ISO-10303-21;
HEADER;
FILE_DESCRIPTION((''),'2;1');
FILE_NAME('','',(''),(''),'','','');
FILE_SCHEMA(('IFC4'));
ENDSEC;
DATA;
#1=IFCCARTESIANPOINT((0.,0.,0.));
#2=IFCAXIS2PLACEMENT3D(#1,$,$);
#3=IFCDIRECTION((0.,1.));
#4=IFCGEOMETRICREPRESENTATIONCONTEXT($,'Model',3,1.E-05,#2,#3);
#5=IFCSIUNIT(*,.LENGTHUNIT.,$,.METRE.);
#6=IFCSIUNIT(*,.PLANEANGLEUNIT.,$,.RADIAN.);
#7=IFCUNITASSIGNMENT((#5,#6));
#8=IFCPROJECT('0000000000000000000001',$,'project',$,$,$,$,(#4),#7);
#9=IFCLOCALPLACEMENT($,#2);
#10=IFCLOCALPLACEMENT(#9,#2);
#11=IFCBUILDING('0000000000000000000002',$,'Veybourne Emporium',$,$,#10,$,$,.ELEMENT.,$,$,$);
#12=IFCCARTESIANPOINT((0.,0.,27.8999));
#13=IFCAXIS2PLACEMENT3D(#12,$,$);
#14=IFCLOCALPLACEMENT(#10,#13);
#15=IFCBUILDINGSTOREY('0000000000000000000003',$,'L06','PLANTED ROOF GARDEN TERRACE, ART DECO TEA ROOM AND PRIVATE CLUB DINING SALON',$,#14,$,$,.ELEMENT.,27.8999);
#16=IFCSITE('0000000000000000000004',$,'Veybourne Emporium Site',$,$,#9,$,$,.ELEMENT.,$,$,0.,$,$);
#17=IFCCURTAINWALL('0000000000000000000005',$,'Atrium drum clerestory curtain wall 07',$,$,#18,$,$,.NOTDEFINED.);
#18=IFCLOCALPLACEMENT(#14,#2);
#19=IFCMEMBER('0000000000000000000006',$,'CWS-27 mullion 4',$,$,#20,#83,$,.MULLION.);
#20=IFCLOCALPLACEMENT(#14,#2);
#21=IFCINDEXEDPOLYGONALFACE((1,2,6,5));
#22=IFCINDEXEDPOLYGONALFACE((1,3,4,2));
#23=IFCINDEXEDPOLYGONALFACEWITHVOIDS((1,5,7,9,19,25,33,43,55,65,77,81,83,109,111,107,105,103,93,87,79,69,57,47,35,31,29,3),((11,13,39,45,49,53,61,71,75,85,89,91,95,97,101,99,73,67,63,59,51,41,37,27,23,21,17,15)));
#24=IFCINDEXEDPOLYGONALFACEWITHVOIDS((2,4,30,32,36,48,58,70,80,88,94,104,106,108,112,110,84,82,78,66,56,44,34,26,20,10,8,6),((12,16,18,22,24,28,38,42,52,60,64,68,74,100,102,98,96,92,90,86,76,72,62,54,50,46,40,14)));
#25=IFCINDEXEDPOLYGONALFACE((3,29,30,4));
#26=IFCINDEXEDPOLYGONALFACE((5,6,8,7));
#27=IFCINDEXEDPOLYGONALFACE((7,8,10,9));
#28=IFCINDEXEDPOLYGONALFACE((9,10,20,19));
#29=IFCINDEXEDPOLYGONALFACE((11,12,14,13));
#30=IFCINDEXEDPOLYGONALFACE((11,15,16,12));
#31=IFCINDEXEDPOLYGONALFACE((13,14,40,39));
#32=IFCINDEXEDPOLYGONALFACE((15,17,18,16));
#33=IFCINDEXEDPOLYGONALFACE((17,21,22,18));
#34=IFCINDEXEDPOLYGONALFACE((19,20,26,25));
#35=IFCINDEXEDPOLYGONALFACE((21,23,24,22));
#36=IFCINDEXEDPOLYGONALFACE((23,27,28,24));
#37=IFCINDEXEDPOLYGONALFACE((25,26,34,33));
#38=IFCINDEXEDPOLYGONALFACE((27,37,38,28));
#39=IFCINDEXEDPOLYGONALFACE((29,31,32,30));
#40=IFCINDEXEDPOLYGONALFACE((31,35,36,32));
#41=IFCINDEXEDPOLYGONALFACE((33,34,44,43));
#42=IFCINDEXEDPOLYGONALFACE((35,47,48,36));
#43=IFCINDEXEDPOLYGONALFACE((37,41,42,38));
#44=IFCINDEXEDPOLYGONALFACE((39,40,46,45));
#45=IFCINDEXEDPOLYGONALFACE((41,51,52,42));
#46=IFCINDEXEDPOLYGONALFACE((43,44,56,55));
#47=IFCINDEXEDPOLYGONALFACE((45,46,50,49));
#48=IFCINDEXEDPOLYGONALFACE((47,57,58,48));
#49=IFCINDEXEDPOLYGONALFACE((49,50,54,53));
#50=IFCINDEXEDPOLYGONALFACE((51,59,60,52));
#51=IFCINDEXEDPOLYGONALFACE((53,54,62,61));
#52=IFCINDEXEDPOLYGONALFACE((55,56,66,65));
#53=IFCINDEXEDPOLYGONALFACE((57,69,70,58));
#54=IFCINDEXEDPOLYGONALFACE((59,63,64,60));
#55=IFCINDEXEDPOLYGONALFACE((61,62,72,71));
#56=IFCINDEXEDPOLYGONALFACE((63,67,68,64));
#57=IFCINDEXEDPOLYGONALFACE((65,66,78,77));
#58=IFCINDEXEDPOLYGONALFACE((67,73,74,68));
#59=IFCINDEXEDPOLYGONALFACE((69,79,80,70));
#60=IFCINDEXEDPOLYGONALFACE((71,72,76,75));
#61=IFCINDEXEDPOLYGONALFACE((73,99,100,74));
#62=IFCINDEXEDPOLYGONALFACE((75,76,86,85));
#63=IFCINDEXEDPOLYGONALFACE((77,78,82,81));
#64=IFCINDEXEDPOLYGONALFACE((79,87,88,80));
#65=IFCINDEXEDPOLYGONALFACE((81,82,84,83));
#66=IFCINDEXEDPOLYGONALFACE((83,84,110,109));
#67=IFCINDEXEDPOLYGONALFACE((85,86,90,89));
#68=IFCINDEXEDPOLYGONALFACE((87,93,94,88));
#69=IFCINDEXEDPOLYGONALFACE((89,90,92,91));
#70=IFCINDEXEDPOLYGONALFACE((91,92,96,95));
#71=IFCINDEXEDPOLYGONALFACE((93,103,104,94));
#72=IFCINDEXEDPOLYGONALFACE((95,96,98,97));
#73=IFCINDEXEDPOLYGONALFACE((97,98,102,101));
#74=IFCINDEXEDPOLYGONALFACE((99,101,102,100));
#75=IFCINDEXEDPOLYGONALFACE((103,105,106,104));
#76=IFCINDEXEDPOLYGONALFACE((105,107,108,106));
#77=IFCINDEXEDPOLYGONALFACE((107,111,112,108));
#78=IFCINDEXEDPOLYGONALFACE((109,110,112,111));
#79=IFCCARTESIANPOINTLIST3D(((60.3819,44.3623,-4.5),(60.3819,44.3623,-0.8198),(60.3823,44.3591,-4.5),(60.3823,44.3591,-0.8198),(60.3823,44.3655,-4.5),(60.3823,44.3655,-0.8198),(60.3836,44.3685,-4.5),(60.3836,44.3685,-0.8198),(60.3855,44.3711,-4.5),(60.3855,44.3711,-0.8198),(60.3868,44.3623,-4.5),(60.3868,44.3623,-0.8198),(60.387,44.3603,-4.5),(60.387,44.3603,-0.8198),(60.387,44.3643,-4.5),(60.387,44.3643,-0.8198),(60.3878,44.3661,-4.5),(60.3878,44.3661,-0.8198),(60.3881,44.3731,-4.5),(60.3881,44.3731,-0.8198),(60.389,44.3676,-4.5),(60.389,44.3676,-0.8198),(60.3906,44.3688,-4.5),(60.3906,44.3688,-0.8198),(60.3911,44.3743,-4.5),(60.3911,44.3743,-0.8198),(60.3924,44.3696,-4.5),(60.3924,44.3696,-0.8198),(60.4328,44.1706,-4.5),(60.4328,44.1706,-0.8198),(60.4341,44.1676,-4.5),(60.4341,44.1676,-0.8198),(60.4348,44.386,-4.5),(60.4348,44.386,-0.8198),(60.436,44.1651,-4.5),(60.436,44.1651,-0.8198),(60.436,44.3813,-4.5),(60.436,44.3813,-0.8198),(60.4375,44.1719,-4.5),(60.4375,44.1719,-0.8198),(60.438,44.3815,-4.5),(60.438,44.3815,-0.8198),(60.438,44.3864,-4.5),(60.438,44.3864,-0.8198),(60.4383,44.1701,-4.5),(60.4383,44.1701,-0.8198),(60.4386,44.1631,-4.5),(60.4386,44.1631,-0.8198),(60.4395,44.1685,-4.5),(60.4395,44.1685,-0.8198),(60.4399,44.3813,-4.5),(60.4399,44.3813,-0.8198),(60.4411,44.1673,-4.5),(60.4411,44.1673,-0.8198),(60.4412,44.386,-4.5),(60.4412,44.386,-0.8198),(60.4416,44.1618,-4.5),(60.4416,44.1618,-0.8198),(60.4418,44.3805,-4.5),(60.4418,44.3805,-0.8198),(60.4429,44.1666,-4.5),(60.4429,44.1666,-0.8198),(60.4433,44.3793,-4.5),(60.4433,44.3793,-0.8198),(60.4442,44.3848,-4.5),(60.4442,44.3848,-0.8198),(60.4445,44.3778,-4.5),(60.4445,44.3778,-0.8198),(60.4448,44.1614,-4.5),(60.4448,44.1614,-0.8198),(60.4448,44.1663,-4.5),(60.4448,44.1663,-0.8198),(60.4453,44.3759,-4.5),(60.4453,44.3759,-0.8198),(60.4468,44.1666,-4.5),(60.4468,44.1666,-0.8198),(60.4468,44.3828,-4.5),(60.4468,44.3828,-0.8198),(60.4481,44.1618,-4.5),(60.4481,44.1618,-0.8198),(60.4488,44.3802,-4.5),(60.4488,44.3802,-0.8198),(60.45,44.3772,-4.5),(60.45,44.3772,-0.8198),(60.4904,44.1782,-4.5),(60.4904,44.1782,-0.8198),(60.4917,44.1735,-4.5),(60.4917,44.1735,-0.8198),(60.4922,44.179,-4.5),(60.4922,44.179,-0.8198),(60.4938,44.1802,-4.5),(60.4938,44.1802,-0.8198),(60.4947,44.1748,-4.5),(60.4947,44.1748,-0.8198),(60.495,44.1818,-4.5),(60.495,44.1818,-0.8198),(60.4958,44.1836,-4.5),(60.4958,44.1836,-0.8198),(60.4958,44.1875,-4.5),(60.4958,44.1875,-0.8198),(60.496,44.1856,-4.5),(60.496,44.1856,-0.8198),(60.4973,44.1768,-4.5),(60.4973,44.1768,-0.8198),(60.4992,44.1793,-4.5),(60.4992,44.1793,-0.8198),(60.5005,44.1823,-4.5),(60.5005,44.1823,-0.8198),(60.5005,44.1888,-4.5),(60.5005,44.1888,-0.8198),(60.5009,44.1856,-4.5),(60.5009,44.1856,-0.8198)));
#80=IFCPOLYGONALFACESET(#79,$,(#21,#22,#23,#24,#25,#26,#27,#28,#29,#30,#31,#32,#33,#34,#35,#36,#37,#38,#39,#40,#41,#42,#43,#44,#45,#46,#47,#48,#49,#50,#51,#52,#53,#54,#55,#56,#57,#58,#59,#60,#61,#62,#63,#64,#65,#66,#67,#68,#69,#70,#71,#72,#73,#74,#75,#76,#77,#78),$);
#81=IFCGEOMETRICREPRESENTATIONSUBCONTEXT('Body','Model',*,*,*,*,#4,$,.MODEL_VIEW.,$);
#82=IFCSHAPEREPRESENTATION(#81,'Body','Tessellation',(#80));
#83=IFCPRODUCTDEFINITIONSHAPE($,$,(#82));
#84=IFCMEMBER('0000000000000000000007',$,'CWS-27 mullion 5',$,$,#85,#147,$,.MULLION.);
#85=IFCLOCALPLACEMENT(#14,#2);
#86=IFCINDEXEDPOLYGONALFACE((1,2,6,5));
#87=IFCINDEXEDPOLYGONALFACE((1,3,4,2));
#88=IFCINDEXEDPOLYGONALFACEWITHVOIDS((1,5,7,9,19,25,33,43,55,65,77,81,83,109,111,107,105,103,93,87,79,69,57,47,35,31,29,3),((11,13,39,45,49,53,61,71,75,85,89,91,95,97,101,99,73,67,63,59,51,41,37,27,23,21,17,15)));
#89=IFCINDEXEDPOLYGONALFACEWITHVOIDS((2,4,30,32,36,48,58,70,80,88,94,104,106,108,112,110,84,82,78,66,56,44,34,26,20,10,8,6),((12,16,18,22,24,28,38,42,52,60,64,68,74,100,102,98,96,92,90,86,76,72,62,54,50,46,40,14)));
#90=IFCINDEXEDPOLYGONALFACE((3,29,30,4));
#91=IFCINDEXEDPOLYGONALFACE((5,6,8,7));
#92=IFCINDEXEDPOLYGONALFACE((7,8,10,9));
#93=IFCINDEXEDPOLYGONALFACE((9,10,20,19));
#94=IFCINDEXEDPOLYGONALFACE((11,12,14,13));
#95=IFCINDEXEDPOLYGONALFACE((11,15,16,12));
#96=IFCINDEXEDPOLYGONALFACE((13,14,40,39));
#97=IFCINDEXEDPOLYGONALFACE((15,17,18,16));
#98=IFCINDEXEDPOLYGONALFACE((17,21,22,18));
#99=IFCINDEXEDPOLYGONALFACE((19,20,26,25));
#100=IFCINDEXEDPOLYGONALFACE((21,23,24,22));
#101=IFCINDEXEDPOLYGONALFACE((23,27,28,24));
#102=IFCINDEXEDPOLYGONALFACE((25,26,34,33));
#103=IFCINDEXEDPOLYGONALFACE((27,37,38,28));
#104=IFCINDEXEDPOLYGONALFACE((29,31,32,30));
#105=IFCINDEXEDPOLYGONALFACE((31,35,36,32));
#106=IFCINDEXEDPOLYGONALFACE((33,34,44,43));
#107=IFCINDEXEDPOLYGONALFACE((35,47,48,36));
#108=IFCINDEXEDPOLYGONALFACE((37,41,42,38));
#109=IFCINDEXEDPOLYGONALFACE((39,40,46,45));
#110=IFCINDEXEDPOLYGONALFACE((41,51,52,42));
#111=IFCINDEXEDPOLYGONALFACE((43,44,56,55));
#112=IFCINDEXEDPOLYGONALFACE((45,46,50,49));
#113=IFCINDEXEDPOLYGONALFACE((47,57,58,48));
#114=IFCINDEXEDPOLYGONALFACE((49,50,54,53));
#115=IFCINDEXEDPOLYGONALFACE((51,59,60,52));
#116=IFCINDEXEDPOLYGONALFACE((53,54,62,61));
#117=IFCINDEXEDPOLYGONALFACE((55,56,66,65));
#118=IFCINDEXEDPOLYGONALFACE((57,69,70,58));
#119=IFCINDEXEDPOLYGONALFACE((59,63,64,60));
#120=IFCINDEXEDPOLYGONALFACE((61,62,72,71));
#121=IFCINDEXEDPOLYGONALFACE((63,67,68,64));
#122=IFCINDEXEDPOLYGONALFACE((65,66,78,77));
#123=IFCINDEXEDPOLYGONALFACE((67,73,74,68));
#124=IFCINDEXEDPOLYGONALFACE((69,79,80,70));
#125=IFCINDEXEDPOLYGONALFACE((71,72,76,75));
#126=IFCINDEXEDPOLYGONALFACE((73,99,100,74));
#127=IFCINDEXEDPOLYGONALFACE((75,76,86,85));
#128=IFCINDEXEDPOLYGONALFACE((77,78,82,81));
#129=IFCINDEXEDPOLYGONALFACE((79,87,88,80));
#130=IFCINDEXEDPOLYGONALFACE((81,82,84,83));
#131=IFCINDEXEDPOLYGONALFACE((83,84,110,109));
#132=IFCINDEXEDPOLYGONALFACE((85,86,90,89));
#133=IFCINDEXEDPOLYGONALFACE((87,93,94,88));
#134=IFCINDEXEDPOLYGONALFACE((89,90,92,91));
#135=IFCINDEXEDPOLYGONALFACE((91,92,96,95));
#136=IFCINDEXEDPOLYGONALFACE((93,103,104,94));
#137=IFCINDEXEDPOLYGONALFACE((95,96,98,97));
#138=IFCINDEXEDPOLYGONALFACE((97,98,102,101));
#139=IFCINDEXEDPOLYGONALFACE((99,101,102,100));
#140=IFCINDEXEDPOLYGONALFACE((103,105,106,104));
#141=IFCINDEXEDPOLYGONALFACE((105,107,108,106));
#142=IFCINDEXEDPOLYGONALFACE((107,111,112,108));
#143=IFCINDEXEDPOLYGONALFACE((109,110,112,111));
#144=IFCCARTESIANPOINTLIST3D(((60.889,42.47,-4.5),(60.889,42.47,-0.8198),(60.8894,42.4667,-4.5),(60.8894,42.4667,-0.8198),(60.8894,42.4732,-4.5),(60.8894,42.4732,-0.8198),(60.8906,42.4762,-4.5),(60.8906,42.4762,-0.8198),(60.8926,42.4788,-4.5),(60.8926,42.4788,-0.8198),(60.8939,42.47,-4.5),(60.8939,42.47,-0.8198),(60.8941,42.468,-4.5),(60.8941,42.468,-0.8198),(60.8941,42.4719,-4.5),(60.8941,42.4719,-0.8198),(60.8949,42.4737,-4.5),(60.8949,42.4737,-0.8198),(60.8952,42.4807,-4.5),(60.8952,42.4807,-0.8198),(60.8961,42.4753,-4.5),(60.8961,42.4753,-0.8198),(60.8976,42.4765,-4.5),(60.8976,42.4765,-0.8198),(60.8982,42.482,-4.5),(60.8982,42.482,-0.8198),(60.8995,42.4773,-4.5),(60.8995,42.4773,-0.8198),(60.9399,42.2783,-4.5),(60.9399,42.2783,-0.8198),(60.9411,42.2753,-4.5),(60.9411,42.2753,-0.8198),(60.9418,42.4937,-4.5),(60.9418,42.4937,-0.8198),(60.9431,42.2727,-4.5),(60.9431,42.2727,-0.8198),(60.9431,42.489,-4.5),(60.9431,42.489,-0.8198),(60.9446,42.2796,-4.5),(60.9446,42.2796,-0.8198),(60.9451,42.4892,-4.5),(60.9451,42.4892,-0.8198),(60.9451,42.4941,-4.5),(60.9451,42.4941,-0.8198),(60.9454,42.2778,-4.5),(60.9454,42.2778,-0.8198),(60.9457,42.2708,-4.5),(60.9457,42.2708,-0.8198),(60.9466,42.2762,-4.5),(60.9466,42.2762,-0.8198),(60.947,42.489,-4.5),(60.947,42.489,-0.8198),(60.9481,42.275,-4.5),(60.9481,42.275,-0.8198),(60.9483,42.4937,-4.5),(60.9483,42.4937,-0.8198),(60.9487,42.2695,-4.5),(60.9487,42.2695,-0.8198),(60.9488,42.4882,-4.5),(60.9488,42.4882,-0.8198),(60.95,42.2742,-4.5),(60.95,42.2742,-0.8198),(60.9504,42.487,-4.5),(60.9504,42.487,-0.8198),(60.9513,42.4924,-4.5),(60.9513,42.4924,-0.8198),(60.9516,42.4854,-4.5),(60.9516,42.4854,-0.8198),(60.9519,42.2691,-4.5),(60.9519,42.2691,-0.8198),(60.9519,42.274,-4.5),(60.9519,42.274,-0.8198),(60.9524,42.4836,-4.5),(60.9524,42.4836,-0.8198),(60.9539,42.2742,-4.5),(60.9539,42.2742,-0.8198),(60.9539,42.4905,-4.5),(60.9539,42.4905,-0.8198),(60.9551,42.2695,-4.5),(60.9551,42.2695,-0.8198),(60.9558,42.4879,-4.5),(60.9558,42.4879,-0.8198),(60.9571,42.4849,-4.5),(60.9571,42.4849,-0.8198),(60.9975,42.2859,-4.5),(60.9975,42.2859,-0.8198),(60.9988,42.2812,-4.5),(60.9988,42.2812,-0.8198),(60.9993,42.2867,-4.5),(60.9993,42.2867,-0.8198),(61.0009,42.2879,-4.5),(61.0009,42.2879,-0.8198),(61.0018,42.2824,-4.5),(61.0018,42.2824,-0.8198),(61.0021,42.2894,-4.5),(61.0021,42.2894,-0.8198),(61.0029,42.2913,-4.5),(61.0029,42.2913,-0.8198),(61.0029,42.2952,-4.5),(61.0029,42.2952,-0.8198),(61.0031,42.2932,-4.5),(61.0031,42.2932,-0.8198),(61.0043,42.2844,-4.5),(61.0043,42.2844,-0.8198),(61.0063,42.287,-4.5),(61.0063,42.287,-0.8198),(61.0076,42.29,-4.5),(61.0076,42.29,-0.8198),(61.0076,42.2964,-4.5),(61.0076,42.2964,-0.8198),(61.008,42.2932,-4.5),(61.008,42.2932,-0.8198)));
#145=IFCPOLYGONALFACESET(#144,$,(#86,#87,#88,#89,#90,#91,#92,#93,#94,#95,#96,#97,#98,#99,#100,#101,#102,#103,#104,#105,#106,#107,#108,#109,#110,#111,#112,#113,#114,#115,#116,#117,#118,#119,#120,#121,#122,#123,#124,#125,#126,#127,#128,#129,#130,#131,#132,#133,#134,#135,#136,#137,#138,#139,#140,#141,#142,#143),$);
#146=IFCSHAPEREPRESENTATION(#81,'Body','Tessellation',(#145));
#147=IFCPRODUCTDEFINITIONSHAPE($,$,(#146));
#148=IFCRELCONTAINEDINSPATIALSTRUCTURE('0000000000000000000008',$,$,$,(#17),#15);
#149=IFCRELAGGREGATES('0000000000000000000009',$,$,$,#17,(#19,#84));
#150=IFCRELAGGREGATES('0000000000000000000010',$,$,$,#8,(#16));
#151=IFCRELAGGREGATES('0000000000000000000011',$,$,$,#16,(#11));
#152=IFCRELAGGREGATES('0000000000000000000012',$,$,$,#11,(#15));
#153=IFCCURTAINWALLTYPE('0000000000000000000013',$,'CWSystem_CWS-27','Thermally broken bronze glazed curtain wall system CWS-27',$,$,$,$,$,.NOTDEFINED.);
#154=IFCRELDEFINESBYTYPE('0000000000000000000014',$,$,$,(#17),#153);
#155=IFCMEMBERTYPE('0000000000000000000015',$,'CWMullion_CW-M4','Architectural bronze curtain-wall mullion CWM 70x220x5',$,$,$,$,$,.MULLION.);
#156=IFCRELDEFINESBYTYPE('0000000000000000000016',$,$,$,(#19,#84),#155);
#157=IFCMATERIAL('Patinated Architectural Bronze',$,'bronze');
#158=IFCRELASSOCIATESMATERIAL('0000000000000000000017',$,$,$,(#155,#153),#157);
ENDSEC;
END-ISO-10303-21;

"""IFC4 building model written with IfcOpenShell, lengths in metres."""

from ifc_helpers import new_model, si_unit, direction, frame, origin, origin_2d, place, context, subcontext, project, spatial, hollow_rectangle, extrude, material, material_profile, profile_set, type_object, element, aggregate, save


model = new_model("IFC4")

# Units and contexts
model_context = context("Model", 3, precision=1e-05, world=origin(), true_north=direction((0.0, 1.0)))
body_context = subcontext(model_context, "Body", "Model", "MODEL_VIEW")
ifc_project = project(units=[si_unit("LENGTHUNIT", "METRE"), si_unit("PLANEANGLEUNIT", "RADIAN")], contexts=[model_context])

# Site, building, storey
site_placement = place(None, origin())
site = spatial("IfcSite", under=ifc_project, at=site_placement, Name="Veybourne Emporium Site", CompositionType="ELEMENT", RefElevation=0.0)
building_placement = place(site_placement, origin())
building = spatial("IfcBuilding", under=site, at=building_placement, Name="Veybourne Emporium", CompositionType="ELEMENT")
storey_placement = place(building_placement, frame((0.0, 0.0, 27.8999)))
storey = spatial("IfcBuildingStorey", under=building, at=storey_placement, Name="L06", Description="PLANTED ROOF GARDEN TERRACE, ART DECO TEA ROOM AND PRIVATE CLUB DINING SALON", CompositionType="ELEMENT", Elevation=27.8999)

# Curtain wall, members
ifc_material_1 = material(Name="Patinated Architectural Bronze", Category="bronze")
ifc_material_profile_1 = material_profile(ifc_material_1, hollow_rectangle(XDim=0.0701, YDim=0.22, WallThickness=0.0049, InnerFilletRadius=0.0076, OuterFilletRadius=0.0125, at=origin_2d()), Name="CWM 70x220x5")
ifc_profile_set_1 = profile_set([ifc_material_profile_1], Name="Patinated Architectural Bronze")
member_type_1 = type_object("IfcMemberType", Name="CWMullion_CW-M4", Description="Architectural bronze curtain-wall mullion CWM 70x220x5", PredefinedType="MULLION", material=ifc_profile_set_1)
curtain_wall_type_1 = type_object("IfcCurtainWallType", Name="CWSystem_CWS-27", Description="Thermally broken bronze glazed curtain wall system CWS-27", PredefinedType="NOTDEFINED", material=ifc_material_1)
curtain_wall_1_placement = place(storey_placement, origin())
curtain_wall_1 = element("IfcCurtainWall", 1, at=curtain_wall_1_placement, inside=storey, type_object=curtain_wall_type_1, Name="Atrium drum clerestory curtain wall 07", PredefinedType="NOTDEFINED")
member_1_placement = place(storey_placement, frame((60.4414, 44.2739, -4.5), z_axis=(0.0, 0.0, 1.0), x_axis=(0.965926, 0.25882, 0.0)))
member_1 = element("IfcMember", 2, at=member_1_placement, type_object=member_type_1, Name="CWS-27 mullion 4", PredefinedType="MULLION", context=body_context, shape_type="SweptSolid", body=[
    extrude(hollow_rectangle(XDim=0.0701, YDim=0.22, WallThickness=0.0049, InnerFilletRadius=0.0076, OuterFilletRadius=0.0125, at=origin_2d()), origin(), (0.0, 0.0, 1.0), 3.6802),
])
member_2_placement = place(storey_placement, frame((60.9485, 42.3816, -4.5), z_axis=(0.0, 0.0, 1.0), x_axis=(0.965926, 0.25882, 0.0)))
member_2 = element("IfcMember", 3, at=member_2_placement, type_object=member_type_1, Name="CWS-27 mullion 5", PredefinedType="MULLION", context=body_context, shape_type="SweptSolid", body=[
    extrude(hollow_rectangle(XDim=0.0701, YDim=0.22, WallThickness=0.0049, InnerFilletRadius=0.0076, OuterFilletRadius=0.0125, at=origin_2d()), origin(), (0.0, 0.0, 1.0), 3.6802),
])

aggregate(curtain_wall_1, [member_1, member_2])

save(model, "model.ifc")
